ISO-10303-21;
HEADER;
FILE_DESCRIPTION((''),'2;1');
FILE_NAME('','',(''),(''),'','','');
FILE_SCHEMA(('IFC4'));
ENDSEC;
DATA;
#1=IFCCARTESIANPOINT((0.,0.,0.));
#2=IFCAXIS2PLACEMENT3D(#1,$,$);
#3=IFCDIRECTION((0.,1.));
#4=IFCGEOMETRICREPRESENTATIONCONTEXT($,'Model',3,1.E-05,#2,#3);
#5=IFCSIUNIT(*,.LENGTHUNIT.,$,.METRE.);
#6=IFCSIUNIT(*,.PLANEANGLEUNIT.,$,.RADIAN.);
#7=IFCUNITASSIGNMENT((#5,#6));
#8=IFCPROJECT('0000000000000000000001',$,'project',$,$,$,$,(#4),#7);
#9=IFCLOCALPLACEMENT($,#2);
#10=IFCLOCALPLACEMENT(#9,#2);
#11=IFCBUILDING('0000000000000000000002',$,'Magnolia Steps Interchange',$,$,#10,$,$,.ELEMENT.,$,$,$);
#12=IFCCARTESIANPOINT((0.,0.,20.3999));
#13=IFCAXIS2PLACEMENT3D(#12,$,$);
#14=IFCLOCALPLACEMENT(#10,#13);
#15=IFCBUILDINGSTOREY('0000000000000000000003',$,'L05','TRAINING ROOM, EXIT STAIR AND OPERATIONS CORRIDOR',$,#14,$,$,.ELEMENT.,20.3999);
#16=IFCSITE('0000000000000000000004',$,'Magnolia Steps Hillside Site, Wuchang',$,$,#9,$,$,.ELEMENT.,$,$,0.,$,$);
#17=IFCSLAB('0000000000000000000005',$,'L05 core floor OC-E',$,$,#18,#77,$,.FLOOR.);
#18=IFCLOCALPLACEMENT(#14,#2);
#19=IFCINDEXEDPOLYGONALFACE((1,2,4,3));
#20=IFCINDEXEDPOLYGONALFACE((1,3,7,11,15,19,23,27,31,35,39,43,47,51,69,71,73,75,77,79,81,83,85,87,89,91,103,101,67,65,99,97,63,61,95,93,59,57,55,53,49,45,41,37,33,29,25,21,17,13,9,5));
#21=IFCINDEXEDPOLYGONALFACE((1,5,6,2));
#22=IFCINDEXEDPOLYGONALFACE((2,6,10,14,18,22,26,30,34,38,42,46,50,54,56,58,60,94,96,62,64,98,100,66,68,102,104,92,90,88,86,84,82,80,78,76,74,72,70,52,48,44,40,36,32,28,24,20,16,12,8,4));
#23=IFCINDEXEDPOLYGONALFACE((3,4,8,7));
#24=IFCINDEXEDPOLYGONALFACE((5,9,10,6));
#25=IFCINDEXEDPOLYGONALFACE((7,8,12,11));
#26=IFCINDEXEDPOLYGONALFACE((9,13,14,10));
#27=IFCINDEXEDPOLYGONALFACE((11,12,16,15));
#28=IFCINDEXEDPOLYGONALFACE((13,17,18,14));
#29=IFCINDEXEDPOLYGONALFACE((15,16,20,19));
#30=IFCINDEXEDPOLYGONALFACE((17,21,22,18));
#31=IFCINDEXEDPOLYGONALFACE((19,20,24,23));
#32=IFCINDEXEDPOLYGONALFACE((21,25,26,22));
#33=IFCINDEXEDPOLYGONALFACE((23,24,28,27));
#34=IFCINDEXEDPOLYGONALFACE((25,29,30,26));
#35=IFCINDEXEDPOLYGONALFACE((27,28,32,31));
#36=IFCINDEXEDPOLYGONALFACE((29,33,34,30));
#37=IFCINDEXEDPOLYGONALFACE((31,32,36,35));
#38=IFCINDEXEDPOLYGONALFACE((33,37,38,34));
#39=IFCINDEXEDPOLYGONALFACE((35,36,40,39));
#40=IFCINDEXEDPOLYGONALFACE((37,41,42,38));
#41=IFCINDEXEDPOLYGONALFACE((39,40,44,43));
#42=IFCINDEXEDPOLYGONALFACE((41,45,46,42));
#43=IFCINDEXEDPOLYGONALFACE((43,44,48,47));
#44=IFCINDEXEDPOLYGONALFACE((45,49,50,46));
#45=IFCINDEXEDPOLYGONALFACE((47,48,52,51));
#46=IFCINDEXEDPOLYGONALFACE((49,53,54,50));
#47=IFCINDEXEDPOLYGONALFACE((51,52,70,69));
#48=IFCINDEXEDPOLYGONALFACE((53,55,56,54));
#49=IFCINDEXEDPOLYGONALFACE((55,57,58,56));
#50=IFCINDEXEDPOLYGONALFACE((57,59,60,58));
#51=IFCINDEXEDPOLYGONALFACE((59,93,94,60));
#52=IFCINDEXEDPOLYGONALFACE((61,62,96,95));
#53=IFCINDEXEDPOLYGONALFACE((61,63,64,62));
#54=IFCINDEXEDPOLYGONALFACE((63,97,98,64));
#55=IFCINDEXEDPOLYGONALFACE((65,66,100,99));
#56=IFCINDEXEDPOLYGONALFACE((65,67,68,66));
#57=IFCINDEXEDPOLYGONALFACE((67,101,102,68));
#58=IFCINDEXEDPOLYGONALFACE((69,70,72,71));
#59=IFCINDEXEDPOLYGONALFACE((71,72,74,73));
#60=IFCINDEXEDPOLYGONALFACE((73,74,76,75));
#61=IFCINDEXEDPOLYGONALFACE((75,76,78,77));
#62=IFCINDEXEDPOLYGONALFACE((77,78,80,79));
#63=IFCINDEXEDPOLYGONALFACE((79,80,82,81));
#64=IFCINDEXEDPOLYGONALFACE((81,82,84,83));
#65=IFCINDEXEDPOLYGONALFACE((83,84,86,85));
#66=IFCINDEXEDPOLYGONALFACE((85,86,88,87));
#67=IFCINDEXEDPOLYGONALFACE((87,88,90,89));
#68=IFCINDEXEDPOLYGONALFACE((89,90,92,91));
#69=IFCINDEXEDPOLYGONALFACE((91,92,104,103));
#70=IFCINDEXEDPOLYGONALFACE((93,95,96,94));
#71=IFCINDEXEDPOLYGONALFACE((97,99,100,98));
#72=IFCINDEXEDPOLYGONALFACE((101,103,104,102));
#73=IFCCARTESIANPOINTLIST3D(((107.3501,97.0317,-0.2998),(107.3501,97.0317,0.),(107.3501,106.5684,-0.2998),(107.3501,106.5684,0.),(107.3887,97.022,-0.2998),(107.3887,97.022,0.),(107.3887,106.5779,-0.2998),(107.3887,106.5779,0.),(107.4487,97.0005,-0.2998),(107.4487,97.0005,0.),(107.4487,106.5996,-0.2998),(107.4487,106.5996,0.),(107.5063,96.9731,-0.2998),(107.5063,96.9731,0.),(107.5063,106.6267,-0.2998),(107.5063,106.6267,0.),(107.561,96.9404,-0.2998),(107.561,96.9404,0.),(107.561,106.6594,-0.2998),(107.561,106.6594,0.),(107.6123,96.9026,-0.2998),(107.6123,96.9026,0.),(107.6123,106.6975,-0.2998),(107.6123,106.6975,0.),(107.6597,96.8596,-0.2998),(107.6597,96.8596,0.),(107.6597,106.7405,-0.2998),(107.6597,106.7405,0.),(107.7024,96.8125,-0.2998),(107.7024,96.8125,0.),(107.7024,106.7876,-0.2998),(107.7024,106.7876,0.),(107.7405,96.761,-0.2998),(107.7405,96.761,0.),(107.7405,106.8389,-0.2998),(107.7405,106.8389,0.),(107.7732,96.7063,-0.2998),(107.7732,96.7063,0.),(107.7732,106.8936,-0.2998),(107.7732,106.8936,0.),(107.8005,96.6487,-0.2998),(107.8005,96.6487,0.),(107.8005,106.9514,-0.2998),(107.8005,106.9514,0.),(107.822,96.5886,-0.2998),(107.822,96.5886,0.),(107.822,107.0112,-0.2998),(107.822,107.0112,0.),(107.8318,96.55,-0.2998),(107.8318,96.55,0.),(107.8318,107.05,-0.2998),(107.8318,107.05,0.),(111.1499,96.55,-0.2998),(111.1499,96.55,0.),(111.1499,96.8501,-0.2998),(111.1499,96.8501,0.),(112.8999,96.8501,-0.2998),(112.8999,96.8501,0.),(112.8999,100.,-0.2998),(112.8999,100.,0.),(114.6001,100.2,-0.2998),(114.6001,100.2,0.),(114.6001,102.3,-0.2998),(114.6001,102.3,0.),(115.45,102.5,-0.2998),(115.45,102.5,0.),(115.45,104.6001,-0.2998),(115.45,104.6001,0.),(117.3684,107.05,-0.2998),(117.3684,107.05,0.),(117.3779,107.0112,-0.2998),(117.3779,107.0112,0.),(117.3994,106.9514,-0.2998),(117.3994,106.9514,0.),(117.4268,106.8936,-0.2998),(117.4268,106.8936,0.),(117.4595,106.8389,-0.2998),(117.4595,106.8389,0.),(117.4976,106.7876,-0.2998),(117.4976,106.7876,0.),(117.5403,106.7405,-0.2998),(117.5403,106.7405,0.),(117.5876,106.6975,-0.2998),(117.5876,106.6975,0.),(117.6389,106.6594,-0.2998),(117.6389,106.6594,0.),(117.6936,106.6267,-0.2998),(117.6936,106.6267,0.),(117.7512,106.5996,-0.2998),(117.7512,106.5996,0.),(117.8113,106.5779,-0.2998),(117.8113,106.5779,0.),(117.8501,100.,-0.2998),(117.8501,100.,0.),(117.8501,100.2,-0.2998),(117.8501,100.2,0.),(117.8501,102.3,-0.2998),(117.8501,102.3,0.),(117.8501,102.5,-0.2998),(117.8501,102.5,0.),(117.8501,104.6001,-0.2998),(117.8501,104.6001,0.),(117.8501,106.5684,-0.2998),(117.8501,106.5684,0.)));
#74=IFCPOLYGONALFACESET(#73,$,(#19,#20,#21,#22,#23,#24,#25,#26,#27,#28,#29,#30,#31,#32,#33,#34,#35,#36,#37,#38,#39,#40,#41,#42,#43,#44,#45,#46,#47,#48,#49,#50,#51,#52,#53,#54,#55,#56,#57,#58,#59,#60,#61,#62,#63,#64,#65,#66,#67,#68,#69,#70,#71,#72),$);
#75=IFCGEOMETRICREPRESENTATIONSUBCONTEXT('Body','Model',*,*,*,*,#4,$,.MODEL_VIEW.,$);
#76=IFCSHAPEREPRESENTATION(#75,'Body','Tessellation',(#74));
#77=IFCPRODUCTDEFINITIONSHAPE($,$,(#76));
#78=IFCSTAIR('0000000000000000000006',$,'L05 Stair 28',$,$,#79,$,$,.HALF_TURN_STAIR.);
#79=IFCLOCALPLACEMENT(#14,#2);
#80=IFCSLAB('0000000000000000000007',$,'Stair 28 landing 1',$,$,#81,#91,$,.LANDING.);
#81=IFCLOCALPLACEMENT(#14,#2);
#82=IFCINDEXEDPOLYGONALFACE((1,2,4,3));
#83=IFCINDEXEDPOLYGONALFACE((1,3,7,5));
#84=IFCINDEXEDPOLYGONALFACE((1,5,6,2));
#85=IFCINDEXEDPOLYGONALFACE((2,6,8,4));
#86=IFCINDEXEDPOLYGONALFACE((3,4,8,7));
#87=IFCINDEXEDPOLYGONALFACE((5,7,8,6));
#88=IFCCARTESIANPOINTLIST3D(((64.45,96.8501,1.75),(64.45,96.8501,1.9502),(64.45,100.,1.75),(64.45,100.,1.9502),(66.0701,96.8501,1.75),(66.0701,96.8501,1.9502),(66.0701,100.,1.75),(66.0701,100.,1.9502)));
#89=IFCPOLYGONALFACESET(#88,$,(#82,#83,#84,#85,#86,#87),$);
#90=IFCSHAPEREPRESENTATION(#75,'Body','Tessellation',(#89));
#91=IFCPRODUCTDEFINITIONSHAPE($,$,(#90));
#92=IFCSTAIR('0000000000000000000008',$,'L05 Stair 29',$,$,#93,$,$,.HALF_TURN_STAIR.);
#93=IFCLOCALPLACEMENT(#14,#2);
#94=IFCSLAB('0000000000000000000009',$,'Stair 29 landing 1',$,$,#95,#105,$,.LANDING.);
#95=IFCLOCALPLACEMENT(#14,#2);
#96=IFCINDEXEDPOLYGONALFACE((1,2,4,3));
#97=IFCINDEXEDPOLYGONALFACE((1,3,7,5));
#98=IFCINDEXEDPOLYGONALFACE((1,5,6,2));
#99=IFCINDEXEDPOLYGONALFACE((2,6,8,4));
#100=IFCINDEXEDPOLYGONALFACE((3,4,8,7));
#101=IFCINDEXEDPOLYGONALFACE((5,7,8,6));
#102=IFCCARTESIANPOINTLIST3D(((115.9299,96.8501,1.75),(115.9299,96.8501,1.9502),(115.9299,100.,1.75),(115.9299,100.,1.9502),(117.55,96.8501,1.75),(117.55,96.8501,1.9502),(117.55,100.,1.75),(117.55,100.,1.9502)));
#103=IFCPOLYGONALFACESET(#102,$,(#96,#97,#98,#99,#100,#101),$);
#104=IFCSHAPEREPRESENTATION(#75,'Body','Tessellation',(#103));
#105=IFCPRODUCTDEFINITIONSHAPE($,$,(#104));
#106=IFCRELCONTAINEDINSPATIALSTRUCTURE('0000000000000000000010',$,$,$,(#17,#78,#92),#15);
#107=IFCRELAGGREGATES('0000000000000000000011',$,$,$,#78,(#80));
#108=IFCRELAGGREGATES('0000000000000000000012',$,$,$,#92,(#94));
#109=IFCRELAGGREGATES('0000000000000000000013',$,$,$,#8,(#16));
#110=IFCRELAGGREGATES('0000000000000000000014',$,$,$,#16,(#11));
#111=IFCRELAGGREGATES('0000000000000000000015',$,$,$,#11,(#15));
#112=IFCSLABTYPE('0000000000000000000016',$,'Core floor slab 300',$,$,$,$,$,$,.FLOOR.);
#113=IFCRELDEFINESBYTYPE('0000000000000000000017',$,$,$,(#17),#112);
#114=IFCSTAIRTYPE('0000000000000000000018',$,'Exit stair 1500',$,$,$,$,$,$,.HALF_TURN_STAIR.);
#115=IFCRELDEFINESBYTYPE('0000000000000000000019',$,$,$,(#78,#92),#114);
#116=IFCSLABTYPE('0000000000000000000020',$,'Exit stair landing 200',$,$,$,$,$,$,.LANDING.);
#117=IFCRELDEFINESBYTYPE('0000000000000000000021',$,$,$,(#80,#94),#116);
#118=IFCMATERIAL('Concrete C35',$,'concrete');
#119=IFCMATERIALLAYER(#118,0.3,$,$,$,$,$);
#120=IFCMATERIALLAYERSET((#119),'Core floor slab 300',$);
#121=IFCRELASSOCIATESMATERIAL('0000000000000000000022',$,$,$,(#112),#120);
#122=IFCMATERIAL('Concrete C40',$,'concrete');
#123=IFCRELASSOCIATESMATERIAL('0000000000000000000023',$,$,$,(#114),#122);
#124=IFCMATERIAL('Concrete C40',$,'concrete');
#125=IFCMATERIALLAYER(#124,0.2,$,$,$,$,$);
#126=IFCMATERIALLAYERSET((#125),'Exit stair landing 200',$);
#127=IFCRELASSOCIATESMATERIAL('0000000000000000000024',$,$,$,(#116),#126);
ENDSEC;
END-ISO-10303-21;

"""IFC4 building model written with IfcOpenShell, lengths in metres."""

from ifc_helpers import new_model, si_unit, direction, frame, origin, place, context, subcontext, project, spatial, polyline, outline, extrude, material, layer, layer_set, type_object, element, aggregate, save


model = new_model("IFC4")

# Units and contexts
model_context = context("Model", 3, precision=1e-05, world=origin(), true_north=direction((0.0, 1.0)))
body_context = subcontext(model_context, "Body", "Model", "MODEL_VIEW")
ifc_project = project(units=[si_unit("LENGTHUNIT", "METRE"), si_unit("PLANEANGLEUNIT", "RADIAN")], contexts=[model_context])

# Site, building, storey
site_placement = place(None, origin())
site = spatial("IfcSite", under=ifc_project, at=site_placement, Name="Magnolia Steps Hillside Site, Wuchang", CompositionType="ELEMENT", RefElevation=0.0)
building_placement = place(site_placement, origin())
building = spatial("IfcBuilding", under=site, at=building_placement, Name="Magnolia Steps Interchange", CompositionType="ELEMENT")
storey_placement = place(building_placement, frame((0.0, 0.0, 20.3999)))
storey = spatial("IfcBuildingStorey", under=building, at=storey_placement, Name="L05", Description="TRAINING ROOM, EXIT STAIR AND OPERATIONS CORRIDOR", CompositionType="ELEMENT", Elevation=20.3999)

# Slab
ifc_material_1 = material(Name="Concrete C35", Category="concrete")
ifc_layer_1 = layer(ifc_material_1, 0.3)
ifc_layer_set_1 = layer_set([ifc_layer_1], Name="Core floor slab 300")
slab_type_1 = type_object("IfcSlabType", Name="Core floor slab 300", PredefinedType="FLOOR", material=ifc_layer_set_1)
slab_1_placement = place(storey_placement, frame((0.0, 0.0, -0.2998)))
element("IfcSlab", 1, at=slab_1_placement, inside=storey, type_object=slab_type_1, Name="L05 core floor OC-E", PredefinedType="FLOOR", context=body_context, shape_type="SweptSolid", body=[
    extrude(outline(polyline([(107.3501, 106.5684), (107.3887, 106.5779), (107.4487, 106.5996), (107.5063, 106.6267), (107.561, 106.6594), (107.6123, 106.6975), (107.6597, 106.7405), (107.7024, 106.7876), (107.7405, 106.8389), (107.7732, 106.8936), (107.8005, 106.9514), (107.822, 107.0112), (107.8318, 107.05), (117.3684, 107.05), (117.3779, 107.0112), (117.3994, 106.9514), (117.4268, 106.8936), (117.4595, 106.8389), (117.4976, 106.7876), (117.5403, 106.7405), (117.5876, 106.6975), (117.6389, 106.6594), (117.6936, 106.6267), (117.7512, 106.5996), (117.8113, 106.5779), (117.8501, 106.5684), (117.8501, 104.6001), (115.45, 104.6001), (115.45, 102.5), (117.8501, 102.5), (117.8501, 102.3), (114.6001, 102.3), (114.6001, 100.2), (117.8501, 100.2), (117.8501, 100.0), (112.8999, 100.0), (112.8999, 96.8501), (111.1499, 96.8501), (111.1499, 96.55), (107.8318, 96.55), (107.822, 96.5886), (107.8005, 96.6487), (107.7732, 96.7063), (107.7405, 96.761), (107.7024, 96.8125), (107.6597, 96.8596), (107.6123, 96.9026), (107.561, 96.9404), (107.5063, 96.9731), (107.4487, 97.0005), (107.3887, 97.022), (107.3501, 97.0317), (107.3501, 106.5684)])), origin(), (0.0, 0.0, 1.0), 0.2998),
])

# Stairs, slabs
ifc_material_2 = material(Name="Concrete C40", Category="concrete")
stair_type = type_object("IfcStairType", Name="Exit stair 1500", PredefinedType="HALF_TURN_STAIR", material=ifc_material_2)
stair_1_placement = place(storey_placement, origin())
stair_1 = element("IfcStair", 2, at=stair_1_placement, inside=storey, type_object=stair_type, Name="L05 Stair 28", PredefinedType="HALF_TURN_STAIR")
ifc_material_3 = material(Name="Concrete C40", Category="concrete")
ifc_layer_2 = layer(ifc_material_3, 0.2)
ifc_layer_set_2 = layer_set([ifc_layer_2], Name="Exit stair landing 200")
slab_type_2 = type_object("IfcSlabType", Name="Exit stair landing 200", PredefinedType="LANDING", material=ifc_layer_set_2)
slab_2_placement = place(storey_placement, frame((0.0, 0.0, 1.75)))
slab_2 = element("IfcSlab", 3, at=slab_2_placement, type_object=slab_type_2, Name="Stair 28 landing 1", PredefinedType="LANDING", context=body_context, shape_type="SweptSolid", body=[
    extrude(outline(polyline([(66.0701, 100.0), (64.45, 100.0), (64.45, 96.8501), (66.0701, 96.8501), (66.0701, 100.0)])), origin(), (0.0, 0.0, 1.0), 0.2002),
])
aggregate(stair_1, [slab_2])
stair_2_placement = place(storey_placement, origin())
stair_2 = element("IfcStair", 4, at=stair_2_placement, inside=storey, type_object=stair_type, Name="L05 Stair 29", PredefinedType="HALF_TURN_STAIR")
slab_3_placement = place(storey_placement, frame((0.0, 0.0, 1.75)))
slab_3 = element("IfcSlab", 5, at=slab_3_placement, type_object=slab_type_2, Name="Stair 29 landing 1", PredefinedType="LANDING", context=body_context, shape_type="SweptSolid", body=[
    extrude(outline(polyline([(115.9299, 96.8501), (117.55, 96.8501), (117.55, 100.0), (115.9299, 100.0), (115.9299, 96.8501)])), origin(), (0.0, 0.0, 1.0), 0.2002),
])
aggregate(stair_2, [slab_3])

save(model, "model.ifc")
